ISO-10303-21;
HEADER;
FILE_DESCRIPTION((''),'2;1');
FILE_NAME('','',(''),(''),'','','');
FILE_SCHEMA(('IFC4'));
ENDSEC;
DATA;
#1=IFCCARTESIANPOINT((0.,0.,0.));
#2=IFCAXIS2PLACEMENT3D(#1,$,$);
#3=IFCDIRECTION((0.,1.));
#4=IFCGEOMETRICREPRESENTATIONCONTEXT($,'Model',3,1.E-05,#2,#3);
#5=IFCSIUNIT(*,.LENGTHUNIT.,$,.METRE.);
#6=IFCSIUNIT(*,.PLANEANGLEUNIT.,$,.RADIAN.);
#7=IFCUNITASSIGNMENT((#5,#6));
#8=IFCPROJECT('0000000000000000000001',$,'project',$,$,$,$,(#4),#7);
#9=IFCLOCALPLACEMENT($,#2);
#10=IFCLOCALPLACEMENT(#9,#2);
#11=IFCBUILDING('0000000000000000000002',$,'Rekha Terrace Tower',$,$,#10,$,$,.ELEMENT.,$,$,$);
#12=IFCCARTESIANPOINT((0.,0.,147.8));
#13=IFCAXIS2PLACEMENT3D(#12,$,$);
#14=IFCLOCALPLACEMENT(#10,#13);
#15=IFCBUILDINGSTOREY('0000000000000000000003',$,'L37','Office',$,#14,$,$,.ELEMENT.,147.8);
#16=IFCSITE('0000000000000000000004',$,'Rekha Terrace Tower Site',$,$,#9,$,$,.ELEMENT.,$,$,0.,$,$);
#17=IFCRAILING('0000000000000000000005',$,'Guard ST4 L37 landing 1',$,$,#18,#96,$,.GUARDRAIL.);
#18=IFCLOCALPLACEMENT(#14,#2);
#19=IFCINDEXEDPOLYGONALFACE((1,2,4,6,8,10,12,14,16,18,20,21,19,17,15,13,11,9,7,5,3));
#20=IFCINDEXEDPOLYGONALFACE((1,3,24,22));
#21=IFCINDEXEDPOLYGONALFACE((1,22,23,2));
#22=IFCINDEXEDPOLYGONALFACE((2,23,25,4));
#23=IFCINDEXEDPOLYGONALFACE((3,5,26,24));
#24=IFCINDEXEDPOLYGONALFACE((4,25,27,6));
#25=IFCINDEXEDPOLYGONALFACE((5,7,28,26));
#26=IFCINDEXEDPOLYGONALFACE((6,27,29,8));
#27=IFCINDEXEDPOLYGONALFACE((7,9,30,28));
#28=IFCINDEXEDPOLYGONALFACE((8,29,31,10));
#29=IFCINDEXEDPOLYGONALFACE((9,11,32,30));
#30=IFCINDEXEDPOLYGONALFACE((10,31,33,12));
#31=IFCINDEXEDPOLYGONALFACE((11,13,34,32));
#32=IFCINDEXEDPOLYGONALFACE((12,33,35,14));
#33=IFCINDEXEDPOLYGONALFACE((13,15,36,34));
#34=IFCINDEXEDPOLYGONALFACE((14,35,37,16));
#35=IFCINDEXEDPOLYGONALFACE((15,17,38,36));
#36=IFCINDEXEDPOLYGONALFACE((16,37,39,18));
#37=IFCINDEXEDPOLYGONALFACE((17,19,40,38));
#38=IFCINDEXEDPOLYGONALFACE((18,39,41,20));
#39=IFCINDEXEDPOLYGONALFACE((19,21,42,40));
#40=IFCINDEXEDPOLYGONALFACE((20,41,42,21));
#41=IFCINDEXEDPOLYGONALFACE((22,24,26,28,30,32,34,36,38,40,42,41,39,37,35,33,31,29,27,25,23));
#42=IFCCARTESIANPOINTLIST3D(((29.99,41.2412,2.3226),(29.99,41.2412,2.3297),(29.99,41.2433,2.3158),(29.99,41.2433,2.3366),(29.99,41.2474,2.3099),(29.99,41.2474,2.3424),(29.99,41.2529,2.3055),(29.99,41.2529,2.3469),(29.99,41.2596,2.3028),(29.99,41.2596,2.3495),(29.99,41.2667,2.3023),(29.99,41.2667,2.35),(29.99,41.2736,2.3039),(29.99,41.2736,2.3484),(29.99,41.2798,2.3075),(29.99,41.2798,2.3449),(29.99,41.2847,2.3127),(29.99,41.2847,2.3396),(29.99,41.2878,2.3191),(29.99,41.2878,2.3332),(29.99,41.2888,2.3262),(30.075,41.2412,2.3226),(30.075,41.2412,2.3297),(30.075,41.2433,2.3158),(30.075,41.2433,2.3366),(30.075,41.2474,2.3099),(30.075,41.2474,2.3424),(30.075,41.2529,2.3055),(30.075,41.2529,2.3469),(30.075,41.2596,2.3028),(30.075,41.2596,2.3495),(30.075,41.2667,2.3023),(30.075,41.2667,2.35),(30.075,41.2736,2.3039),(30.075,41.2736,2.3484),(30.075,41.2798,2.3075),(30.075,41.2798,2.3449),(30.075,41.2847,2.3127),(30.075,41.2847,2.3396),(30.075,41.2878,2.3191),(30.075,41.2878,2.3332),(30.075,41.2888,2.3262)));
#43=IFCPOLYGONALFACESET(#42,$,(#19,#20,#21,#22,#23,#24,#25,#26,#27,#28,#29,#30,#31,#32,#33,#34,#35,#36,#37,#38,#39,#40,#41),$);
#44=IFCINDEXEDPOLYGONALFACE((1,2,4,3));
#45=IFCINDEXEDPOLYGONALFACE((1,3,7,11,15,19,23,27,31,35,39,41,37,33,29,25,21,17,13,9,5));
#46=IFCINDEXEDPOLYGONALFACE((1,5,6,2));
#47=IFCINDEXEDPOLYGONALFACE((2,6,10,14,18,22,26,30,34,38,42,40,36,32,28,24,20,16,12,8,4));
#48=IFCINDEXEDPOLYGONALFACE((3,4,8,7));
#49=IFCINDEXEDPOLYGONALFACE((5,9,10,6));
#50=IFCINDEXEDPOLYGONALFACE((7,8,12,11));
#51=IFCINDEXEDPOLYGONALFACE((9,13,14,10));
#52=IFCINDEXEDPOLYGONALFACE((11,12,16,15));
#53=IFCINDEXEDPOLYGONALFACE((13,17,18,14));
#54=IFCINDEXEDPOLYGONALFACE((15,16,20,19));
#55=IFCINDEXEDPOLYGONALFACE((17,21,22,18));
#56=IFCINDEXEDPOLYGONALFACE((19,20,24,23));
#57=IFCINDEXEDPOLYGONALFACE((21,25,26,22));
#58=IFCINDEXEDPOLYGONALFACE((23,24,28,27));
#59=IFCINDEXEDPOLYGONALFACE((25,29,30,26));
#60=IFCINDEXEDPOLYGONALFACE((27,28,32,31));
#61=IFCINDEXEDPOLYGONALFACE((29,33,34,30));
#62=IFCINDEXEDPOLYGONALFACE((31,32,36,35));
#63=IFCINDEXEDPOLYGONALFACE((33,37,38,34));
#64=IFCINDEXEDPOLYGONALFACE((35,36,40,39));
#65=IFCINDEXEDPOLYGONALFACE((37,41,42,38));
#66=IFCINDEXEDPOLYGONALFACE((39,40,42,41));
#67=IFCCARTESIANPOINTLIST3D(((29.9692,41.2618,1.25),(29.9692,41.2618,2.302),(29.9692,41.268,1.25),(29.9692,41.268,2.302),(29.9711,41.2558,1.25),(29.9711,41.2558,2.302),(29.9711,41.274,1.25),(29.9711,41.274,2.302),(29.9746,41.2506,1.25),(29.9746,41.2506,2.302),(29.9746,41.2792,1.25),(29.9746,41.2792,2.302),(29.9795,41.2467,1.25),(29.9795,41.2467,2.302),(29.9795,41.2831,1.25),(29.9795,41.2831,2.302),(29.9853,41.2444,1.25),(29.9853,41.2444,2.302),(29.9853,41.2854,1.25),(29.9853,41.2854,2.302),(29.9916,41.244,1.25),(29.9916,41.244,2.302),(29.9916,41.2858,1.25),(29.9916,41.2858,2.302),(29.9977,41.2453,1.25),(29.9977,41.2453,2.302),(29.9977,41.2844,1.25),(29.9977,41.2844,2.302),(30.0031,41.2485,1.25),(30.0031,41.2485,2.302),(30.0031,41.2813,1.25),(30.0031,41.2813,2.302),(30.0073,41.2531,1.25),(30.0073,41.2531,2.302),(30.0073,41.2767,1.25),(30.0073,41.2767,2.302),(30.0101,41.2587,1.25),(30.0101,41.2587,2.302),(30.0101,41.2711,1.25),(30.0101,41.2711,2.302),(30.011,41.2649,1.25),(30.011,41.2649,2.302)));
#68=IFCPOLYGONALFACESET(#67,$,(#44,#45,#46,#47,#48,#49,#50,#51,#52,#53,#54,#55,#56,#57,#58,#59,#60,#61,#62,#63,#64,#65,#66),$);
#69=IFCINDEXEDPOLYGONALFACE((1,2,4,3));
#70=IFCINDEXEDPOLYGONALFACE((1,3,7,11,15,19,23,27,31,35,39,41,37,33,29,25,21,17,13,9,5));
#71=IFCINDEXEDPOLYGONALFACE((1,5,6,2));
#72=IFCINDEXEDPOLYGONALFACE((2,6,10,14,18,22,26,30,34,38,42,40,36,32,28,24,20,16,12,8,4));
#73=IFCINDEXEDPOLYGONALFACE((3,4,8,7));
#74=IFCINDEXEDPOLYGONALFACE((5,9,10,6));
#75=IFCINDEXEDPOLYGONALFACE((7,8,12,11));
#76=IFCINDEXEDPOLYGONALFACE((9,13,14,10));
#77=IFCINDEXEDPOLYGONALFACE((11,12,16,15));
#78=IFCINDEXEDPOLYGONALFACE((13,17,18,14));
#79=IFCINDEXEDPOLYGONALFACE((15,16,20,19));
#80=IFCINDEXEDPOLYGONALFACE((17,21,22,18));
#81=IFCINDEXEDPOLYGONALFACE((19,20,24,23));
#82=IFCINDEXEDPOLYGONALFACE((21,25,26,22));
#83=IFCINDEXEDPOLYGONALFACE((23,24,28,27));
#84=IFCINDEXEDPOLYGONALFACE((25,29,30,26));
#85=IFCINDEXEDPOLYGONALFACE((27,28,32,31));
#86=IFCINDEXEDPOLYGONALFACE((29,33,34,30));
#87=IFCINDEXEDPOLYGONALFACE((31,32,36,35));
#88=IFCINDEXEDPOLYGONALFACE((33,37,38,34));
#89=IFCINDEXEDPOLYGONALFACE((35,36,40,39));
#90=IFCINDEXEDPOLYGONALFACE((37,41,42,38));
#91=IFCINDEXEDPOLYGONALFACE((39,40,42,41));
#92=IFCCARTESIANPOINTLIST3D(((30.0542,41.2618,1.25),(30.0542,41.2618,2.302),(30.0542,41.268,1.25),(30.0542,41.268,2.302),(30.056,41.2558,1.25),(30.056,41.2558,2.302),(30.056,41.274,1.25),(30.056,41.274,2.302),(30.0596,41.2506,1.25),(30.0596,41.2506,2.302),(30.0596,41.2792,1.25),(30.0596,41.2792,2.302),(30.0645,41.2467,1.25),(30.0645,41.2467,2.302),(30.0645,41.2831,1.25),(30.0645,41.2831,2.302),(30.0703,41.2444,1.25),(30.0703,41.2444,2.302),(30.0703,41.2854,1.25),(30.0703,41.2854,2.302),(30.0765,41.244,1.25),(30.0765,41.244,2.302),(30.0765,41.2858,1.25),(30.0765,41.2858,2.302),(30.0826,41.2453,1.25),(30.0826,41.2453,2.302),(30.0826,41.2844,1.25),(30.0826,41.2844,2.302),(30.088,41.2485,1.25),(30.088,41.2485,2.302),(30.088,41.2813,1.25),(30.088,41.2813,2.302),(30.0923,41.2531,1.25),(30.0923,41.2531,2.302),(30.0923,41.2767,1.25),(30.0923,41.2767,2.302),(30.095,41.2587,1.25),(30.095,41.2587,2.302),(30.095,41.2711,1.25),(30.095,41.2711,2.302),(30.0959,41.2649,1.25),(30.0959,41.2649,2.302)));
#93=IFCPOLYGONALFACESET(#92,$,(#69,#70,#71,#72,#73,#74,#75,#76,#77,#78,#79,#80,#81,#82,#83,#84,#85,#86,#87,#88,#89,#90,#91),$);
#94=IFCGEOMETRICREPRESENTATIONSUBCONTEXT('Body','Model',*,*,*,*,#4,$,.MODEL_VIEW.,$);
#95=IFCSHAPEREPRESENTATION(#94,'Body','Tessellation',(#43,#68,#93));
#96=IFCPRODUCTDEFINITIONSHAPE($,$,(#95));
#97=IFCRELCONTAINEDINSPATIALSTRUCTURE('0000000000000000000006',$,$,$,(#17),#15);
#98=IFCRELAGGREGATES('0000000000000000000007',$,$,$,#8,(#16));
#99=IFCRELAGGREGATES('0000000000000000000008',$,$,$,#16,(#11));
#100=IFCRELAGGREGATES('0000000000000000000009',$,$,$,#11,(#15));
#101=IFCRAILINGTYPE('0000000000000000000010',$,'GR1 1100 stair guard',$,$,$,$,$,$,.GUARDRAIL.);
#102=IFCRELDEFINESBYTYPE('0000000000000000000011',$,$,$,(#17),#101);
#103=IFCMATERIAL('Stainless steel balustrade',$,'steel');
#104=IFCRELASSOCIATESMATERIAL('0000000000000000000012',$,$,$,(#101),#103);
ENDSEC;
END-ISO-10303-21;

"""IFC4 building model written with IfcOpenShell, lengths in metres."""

from ifc_helpers import new_model, si_unit, direction, frame, origin, origin_2d, place, context, subcontext, project, spatial, circle, extrude, material, type_object, element, save


model = new_model("IFC4")

# Units and contexts
model_context = context("Model", 3, precision=1e-05, world=origin(), true_north=direction((0.0, 1.0)))
body_context = subcontext(model_context, "Body", "Model", "MODEL_VIEW")
ifc_project = project(units=[si_unit("LENGTHUNIT", "METRE"), si_unit("PLANEANGLEUNIT", "RADIAN")], contexts=[model_context])

# Site, building, storey
site_placement = place(None, origin())
site = spatial("IfcSite", under=ifc_project, at=site_placement, Name="Rekha Terrace Tower Site", CompositionType="ELEMENT", RefElevation=0.0)
building_placement = place(site_placement, origin())
building = spatial("IfcBuilding", under=site, at=building_placement, Name="Rekha Terrace Tower", CompositionType="ELEMENT")
storey_placement = place(building_placement, frame((0.0, 0.0, 147.8)))
storey = spatial("IfcBuildingStorey", under=building, at=storey_placement, Name="L37", Description="Office", CompositionType="ELEMENT", Elevation=147.8)

# Railing
ifc_material_1 = material(Name="Stainless steel balustrade", Category="steel")
railing_type_1 = type_object("IfcRailingType", Name="GR1 1100 stair guard", PredefinedType="GUARDRAIL", material=ifc_material_1)
railing_1_placement = place(storey_placement, frame((29.99, 41.2649, 1.25)))
element("IfcRailing", 1, at=railing_1_placement, inside=storey, type_object=railing_type_1, Name="Guard ST4 L37 landing 1", PredefinedType="GUARDRAIL", context=body_context, shape_type="SweptSolid", body=[
    extrude(circle(Radius=0.0239, at=origin_2d()), frame((0.0, 0.0, 1.0762), z_axis=(1.0, 0.0, 0.0), x_axis=(0.0, 1.0, 0.0)), (0.0, 0.0, 1.0), 0.085),
    extrude(circle(Radius=0.021, at=origin_2d()), origin(), (0.0, 0.0, 1.0), 1.052),
    extrude(circle(Radius=0.021, at=origin_2d()), frame((0.085, 0.0, 0.0)), (0.0, 0.0, 1.0), 1.052),
])

save(model, "model.ifc")
